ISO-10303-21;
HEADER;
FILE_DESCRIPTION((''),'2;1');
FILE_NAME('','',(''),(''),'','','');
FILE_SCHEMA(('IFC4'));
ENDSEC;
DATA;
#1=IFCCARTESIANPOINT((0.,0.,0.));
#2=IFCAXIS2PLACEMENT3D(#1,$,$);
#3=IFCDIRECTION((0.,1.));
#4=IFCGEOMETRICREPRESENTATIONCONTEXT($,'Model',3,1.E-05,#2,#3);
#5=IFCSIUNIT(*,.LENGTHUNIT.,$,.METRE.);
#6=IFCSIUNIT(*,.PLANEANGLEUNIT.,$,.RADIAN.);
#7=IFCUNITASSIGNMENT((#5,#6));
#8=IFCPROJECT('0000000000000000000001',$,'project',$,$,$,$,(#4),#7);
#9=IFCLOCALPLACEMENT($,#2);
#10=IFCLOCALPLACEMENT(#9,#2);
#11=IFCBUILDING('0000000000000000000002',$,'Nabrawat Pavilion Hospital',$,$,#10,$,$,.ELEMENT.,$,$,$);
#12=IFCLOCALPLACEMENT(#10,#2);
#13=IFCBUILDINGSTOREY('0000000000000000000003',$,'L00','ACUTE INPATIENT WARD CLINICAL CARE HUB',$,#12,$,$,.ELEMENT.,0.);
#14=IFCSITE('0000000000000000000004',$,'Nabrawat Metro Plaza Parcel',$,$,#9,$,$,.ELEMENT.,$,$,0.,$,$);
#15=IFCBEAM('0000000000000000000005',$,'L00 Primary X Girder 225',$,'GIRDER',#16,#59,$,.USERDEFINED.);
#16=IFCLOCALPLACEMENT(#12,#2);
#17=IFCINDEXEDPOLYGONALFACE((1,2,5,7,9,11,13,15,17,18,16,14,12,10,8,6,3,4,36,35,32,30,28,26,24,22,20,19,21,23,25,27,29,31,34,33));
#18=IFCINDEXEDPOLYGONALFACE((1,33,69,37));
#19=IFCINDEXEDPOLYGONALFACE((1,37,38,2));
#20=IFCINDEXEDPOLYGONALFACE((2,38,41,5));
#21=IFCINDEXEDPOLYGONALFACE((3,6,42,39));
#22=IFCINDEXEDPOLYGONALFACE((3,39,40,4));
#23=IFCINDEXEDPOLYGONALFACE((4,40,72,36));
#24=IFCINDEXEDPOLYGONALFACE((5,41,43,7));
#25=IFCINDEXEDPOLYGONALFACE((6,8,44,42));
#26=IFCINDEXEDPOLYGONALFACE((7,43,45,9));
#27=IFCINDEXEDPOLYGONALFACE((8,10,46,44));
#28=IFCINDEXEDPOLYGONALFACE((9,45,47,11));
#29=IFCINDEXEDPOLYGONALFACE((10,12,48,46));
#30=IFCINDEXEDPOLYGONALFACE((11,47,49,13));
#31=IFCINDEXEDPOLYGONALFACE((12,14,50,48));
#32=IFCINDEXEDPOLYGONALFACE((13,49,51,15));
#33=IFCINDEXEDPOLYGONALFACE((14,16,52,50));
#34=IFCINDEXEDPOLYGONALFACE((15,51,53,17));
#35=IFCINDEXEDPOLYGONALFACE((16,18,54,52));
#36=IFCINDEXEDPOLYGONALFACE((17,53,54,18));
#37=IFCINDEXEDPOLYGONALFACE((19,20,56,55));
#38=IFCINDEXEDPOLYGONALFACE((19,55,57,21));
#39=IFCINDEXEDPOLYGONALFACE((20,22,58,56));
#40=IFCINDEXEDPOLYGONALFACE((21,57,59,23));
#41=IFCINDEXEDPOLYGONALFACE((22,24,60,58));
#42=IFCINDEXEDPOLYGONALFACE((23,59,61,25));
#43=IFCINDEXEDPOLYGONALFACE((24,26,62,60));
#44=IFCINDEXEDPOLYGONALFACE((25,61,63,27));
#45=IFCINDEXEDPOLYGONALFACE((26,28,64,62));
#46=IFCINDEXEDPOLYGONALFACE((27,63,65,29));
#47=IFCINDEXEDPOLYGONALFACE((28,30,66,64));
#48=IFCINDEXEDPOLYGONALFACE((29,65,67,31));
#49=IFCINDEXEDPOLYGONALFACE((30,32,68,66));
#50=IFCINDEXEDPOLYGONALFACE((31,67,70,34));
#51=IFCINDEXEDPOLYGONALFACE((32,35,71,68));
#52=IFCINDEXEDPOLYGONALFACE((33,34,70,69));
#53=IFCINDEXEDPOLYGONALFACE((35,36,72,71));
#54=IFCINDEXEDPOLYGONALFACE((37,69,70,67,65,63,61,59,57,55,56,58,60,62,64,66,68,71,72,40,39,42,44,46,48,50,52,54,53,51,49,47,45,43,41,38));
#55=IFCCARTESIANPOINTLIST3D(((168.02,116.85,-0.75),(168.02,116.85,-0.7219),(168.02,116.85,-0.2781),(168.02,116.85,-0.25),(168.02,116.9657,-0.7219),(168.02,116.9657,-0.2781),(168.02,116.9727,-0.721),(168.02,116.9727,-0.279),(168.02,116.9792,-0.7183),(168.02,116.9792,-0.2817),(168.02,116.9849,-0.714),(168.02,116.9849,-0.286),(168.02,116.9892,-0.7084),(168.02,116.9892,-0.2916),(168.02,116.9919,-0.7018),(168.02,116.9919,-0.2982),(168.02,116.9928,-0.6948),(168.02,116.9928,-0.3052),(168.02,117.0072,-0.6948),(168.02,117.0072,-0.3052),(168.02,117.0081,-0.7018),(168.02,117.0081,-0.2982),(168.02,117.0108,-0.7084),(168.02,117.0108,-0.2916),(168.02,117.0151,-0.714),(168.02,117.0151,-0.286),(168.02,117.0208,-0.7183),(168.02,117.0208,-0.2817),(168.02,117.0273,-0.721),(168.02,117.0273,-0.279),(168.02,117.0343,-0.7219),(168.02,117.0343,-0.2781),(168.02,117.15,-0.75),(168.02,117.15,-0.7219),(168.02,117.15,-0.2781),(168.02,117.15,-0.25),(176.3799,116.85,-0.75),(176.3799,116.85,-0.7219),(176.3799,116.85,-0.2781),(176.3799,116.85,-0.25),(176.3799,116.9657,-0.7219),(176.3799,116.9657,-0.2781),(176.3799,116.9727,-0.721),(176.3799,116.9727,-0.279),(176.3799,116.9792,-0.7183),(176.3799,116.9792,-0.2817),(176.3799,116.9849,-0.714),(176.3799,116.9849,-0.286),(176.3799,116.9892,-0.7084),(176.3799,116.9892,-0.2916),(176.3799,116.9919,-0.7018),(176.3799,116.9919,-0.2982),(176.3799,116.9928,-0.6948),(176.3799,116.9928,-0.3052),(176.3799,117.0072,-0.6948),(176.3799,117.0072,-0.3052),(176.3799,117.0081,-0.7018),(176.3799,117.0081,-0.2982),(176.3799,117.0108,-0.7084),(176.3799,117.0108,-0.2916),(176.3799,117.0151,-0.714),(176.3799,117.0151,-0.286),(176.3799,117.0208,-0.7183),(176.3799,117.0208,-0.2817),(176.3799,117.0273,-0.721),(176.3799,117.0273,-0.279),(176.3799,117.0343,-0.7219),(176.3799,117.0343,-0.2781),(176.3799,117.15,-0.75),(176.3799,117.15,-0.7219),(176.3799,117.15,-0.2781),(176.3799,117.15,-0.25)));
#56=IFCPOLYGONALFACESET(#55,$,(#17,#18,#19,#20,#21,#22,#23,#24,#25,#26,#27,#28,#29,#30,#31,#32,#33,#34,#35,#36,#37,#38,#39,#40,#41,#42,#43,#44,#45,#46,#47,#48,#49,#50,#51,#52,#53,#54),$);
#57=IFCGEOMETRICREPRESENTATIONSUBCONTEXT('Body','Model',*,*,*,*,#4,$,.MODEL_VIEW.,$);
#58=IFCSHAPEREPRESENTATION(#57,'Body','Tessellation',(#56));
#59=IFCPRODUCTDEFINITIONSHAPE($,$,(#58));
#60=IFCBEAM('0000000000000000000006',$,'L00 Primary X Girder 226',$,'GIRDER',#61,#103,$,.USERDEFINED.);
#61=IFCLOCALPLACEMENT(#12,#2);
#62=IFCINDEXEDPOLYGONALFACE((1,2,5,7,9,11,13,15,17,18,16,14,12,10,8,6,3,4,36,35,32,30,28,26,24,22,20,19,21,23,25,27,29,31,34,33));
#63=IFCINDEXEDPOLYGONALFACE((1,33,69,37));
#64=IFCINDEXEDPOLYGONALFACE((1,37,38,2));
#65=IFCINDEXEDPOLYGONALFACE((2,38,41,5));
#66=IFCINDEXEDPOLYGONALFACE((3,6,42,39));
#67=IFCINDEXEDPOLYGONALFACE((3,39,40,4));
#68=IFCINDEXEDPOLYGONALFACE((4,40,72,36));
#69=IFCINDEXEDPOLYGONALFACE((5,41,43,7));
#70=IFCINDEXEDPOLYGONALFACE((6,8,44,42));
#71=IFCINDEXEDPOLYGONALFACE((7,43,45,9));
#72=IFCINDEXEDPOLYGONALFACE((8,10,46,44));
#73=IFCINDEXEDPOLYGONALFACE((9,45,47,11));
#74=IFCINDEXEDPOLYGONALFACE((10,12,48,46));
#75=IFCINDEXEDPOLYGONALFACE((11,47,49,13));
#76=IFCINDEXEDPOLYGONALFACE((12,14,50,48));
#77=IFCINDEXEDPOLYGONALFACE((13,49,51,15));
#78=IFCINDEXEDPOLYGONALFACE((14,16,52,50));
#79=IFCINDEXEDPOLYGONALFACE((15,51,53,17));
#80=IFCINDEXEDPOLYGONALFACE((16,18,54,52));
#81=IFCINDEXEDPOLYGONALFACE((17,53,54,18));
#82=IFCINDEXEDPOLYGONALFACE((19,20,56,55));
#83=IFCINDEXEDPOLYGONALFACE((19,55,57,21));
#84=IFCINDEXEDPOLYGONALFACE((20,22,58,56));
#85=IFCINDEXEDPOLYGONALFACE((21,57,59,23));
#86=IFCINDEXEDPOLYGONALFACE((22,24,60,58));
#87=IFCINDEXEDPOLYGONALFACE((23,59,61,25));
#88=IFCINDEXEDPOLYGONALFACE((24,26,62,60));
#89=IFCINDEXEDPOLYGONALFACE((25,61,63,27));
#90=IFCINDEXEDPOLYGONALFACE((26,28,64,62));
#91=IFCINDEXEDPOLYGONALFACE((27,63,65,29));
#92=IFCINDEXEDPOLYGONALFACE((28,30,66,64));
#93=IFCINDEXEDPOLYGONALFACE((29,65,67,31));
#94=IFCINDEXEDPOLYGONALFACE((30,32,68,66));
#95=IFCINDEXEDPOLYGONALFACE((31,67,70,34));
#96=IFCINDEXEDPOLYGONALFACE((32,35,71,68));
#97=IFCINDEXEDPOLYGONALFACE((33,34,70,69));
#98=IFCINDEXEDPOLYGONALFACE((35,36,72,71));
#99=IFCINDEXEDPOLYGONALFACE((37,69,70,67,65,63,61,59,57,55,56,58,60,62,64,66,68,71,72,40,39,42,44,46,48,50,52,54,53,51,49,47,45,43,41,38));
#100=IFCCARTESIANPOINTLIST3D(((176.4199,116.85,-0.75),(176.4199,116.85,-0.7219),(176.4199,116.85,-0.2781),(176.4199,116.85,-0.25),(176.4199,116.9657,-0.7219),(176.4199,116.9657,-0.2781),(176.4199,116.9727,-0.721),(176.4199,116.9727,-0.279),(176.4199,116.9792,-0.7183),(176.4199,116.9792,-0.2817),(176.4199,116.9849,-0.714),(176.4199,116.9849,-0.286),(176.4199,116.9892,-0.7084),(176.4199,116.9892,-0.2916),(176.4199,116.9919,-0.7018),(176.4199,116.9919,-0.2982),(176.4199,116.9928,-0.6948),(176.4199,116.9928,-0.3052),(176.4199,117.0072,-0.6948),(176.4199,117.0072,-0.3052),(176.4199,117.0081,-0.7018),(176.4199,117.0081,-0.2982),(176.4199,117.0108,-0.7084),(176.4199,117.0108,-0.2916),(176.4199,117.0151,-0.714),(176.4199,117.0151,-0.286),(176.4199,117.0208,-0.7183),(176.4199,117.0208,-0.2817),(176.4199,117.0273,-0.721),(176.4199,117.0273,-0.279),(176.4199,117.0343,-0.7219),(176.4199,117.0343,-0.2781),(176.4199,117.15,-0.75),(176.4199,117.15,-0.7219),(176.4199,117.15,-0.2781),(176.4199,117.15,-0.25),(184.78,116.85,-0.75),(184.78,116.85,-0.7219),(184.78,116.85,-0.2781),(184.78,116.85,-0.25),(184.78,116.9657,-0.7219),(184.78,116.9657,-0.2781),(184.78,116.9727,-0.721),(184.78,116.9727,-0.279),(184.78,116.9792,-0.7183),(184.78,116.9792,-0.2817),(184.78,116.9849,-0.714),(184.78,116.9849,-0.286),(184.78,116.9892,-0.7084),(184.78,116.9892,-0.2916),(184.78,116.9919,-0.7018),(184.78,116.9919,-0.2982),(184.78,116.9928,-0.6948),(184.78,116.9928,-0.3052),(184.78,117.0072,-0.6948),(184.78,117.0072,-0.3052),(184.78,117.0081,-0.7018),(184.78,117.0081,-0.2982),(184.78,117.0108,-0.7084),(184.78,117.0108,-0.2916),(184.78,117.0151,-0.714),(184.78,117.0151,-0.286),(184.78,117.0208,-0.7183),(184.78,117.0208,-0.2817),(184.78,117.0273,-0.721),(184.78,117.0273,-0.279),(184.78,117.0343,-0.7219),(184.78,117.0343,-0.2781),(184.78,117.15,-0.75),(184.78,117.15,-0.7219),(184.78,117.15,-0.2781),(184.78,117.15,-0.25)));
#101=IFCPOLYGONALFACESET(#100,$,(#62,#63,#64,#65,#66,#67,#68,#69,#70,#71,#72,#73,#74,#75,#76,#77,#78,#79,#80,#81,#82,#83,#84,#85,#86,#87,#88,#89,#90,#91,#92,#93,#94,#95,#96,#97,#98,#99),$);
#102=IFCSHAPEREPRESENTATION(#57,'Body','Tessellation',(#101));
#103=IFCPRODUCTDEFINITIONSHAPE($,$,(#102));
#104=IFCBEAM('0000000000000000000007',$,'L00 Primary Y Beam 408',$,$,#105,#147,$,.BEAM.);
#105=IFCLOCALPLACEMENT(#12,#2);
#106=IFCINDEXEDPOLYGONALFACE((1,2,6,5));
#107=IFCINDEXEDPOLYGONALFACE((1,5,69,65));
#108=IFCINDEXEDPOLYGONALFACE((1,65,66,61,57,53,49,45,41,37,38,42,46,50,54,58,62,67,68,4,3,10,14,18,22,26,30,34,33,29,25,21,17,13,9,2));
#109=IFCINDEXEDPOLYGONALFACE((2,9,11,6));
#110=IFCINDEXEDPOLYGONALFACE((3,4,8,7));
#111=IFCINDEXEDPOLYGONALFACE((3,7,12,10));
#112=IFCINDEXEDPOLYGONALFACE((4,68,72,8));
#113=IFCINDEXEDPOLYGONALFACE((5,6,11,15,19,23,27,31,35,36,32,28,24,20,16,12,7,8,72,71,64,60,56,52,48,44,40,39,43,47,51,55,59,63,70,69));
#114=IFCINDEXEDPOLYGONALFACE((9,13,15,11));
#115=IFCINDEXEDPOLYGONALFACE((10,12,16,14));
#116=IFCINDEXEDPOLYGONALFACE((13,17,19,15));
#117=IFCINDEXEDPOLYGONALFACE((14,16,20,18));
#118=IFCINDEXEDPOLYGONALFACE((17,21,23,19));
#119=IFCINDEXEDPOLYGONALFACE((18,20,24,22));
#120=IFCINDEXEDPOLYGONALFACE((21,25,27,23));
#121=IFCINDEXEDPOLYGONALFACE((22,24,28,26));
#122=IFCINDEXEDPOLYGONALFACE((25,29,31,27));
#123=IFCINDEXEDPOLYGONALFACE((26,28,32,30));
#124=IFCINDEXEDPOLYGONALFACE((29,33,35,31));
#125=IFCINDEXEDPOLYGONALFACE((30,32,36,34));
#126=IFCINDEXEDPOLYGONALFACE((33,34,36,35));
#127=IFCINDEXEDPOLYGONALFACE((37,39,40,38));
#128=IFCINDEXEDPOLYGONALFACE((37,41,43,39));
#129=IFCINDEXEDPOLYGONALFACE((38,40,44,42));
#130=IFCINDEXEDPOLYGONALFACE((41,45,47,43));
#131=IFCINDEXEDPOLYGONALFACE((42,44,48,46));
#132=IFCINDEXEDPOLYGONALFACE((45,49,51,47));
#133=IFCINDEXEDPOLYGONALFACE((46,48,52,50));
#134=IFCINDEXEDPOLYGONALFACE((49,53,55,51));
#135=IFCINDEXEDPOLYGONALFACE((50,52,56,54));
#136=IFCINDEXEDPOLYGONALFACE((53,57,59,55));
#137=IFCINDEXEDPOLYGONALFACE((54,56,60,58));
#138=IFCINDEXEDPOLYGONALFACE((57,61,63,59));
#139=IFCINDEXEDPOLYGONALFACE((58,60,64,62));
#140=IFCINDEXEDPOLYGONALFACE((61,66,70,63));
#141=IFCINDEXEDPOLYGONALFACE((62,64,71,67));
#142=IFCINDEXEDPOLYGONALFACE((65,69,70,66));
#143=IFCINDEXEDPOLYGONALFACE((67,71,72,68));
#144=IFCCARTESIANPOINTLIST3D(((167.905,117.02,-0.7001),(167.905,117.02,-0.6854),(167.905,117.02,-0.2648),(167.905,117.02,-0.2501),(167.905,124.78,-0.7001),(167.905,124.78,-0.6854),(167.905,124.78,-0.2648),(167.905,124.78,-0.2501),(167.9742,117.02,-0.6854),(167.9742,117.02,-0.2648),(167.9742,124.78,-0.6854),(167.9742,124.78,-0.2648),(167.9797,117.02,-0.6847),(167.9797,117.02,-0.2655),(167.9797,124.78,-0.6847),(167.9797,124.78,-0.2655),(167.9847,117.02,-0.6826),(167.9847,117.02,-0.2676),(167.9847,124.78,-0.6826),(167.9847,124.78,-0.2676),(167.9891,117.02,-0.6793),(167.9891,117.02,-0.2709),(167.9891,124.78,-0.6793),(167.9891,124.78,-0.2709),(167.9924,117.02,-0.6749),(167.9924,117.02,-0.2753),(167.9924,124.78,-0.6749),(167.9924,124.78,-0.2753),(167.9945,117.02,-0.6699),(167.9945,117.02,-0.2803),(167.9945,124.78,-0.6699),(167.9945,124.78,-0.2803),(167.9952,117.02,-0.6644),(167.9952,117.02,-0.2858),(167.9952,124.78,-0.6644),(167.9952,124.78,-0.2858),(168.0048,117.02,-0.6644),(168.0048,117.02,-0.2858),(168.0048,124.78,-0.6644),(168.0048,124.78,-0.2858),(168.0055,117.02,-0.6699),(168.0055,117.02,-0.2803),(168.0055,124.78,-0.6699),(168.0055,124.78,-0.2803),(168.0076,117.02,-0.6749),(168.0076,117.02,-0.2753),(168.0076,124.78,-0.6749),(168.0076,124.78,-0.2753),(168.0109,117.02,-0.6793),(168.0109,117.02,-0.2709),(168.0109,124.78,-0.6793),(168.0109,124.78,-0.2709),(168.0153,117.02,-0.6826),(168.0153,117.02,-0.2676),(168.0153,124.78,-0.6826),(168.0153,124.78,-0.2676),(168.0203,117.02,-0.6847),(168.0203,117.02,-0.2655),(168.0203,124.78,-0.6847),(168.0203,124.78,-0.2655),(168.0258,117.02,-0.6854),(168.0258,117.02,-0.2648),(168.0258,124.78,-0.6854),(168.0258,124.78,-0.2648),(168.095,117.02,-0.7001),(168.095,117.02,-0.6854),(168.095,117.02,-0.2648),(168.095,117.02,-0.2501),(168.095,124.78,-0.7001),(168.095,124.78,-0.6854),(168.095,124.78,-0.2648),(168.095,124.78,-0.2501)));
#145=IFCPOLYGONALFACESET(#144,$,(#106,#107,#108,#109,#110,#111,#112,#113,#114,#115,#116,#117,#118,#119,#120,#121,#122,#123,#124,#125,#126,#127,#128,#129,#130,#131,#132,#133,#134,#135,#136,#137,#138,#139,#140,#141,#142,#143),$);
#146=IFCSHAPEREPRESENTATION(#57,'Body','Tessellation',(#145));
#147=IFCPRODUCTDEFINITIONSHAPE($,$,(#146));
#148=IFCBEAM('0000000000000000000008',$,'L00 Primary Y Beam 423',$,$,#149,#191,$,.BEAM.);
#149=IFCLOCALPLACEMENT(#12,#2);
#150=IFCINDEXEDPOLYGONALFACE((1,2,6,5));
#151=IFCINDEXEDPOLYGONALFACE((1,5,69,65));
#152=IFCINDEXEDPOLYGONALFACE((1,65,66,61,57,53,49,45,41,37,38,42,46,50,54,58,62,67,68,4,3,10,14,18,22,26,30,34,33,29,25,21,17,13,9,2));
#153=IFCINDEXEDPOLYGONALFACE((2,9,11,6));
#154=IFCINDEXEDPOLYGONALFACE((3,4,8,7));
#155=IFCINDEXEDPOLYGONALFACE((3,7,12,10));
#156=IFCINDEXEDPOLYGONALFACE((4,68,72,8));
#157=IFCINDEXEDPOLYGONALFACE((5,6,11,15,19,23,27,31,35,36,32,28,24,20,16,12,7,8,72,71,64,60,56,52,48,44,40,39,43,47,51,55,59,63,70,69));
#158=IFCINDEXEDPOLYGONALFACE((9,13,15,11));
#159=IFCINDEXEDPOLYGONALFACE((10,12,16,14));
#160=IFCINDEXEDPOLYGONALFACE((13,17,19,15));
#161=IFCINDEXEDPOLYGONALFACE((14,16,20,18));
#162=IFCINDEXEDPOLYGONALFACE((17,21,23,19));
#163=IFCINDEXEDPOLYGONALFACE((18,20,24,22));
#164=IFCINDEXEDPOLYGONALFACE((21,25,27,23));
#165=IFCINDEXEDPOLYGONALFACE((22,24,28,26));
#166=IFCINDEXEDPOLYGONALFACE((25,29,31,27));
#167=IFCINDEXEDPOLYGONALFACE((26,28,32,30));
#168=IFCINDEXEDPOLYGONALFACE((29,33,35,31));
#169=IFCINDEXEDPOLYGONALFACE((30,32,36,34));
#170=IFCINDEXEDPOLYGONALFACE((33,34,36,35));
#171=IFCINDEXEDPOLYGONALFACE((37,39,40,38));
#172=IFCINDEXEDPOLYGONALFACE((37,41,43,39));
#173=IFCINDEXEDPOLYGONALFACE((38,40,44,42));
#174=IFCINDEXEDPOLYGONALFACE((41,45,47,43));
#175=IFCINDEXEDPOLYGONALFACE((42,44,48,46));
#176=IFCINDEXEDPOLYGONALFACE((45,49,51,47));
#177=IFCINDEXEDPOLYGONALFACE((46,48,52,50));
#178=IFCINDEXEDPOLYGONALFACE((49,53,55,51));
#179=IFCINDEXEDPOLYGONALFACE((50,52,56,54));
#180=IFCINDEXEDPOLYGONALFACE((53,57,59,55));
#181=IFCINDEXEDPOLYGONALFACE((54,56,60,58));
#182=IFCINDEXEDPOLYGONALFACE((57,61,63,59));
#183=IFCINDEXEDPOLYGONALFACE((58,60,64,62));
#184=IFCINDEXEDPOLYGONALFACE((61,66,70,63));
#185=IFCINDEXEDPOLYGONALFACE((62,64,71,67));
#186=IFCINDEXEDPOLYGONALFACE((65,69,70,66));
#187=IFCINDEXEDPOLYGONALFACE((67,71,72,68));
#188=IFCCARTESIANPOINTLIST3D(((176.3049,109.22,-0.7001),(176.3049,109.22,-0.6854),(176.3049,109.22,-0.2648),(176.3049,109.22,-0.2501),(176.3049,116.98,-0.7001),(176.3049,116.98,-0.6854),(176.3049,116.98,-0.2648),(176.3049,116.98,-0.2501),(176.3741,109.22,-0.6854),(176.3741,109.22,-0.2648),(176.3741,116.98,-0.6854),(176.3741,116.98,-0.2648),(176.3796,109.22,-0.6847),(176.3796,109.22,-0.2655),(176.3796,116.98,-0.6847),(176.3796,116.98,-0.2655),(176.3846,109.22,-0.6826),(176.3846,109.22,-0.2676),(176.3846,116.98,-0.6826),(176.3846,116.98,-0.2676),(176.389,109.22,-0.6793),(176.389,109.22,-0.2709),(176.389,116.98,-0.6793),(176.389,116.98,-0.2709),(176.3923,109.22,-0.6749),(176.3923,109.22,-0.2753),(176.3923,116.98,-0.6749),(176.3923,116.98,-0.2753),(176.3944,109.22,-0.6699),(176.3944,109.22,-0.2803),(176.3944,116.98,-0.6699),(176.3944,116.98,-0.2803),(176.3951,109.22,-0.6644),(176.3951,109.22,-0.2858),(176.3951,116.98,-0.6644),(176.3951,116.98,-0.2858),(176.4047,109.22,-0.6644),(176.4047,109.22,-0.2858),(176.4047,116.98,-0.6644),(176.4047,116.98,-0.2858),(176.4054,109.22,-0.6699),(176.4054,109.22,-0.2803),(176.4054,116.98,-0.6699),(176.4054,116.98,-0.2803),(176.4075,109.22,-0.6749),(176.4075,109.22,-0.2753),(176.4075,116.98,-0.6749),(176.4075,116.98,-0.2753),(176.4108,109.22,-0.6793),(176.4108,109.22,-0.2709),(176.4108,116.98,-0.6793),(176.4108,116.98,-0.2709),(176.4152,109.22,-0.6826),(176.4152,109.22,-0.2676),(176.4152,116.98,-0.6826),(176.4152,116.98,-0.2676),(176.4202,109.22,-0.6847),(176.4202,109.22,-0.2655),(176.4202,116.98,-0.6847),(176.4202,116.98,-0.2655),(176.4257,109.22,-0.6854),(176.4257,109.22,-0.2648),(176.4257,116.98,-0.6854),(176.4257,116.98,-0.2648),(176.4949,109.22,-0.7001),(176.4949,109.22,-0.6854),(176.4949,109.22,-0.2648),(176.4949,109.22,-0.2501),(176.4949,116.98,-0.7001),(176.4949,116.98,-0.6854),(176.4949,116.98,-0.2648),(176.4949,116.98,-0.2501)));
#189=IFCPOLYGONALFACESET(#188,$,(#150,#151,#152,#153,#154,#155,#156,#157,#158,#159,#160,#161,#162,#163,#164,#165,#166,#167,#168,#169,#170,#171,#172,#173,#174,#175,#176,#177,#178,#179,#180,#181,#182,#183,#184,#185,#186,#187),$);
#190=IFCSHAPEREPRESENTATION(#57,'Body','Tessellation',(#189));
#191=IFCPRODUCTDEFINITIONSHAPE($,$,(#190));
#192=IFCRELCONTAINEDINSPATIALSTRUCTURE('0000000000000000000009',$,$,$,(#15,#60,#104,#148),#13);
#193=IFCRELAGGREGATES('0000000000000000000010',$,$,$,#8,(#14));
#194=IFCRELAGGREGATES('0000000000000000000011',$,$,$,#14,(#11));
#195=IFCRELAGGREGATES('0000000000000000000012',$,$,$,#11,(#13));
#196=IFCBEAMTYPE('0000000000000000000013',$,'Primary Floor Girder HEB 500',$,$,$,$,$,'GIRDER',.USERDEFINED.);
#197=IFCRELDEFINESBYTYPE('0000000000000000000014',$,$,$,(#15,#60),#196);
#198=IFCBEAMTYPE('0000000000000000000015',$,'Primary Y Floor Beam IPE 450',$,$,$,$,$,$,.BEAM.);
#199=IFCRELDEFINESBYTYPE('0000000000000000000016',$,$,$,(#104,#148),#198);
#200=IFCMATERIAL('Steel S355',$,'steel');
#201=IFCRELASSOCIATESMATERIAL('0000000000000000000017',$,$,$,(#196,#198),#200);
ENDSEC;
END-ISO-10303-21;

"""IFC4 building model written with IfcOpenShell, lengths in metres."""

from ifc_helpers import new_model, si_unit, direction, frame, origin, origin_2d, place, context, subcontext, project, spatial, i_section, extrude, material, material_profile, profile_set, type_object, element, save


model = new_model("IFC4")

# Units and contexts
model_context = context("Model", 3, precision=1e-05, world=origin(), true_north=direction((0.0, 1.0)))
body_context = subcontext(model_context, "Body", "Model", "MODEL_VIEW")
ifc_project = project(units=[si_unit("LENGTHUNIT", "METRE"), si_unit("PLANEANGLEUNIT", "RADIAN")], contexts=[model_context])

# Site, building, storey
site_placement = place(None, origin())
site = spatial("IfcSite", under=ifc_project, at=site_placement, Name="Nabrawat Metro Plaza Parcel", CompositionType="ELEMENT", RefElevation=0.0)
building_placement = place(site_placement, origin())
building = spatial("IfcBuilding", under=site, at=building_placement, Name="Nabrawat Pavilion Hospital", CompositionType="ELEMENT")
storey_placement = place(building_placement, origin())
storey = spatial("IfcBuildingStorey", under=building, at=storey_placement, Name="L00", Description="ACUTE INPATIENT WARD CLINICAL CARE HUB", CompositionType="ELEMENT", Elevation=0.0)

# Shared definitions
ifc_material_1 = material(Name="Steel S355", Category="steel")

# Beams
ifc_material_profile_1 = material_profile(ifc_material_1, i_section(OverallWidth=0.3, OverallDepth=0.5, WebThickness=0.0144, FlangeThickness=0.0281, FilletRadius=0.0271, at=origin_2d()), Name="HEB 500")
ifc_profile_set_1 = profile_set([ifc_material_profile_1], Name="Steel S355")
beam_type_1 = type_object("IfcBeamType", Name="Primary Floor Girder HEB 500", ElementType="GIRDER", PredefinedType="USERDEFINED", material=ifc_profile_set_1)
beam_1_placement = place(storey_placement, frame((168.02, 117.0, -0.5), z_axis=(1.0, 0.0, 0.0), x_axis=(0.0, 1.0, 0.0)))
element("IfcBeam", 1, at=beam_1_placement, inside=storey, type_object=beam_type_1, Name="L00 Primary X Girder 225", ObjectType="GIRDER", PredefinedType="USERDEFINED", context=body_context, shape_type="SweptSolid", body=[
    extrude(i_section(OverallWidth=0.3, OverallDepth=0.5, WebThickness=0.0144, FlangeThickness=0.0281, FilletRadius=0.0271, at=origin_2d()), origin(), (0.0, 0.0, 1.0), 8.3599),
])
beam_2_placement = place(storey_placement, frame((176.4199, 117.0, -0.5), z_axis=(1.0, 0.0, 0.0), x_axis=(0.0, 1.0, 0.0)))
element("IfcBeam", 2, at=beam_2_placement, inside=storey, type_object=beam_type_1, Name="L00 Primary X Girder 226", ObjectType="GIRDER", PredefinedType="USERDEFINED", context=body_context, shape_type="SweptSolid", body=[
    extrude(i_section(OverallWidth=0.3, OverallDepth=0.5, WebThickness=0.0144, FlangeThickness=0.0281, FilletRadius=0.0271, at=origin_2d()), origin(), (0.0, 0.0, 1.0), 8.3601),
])
ifc_material_profile_2 = material_profile(ifc_material_1, i_section(OverallWidth=0.1899, OverallDepth=0.45, WebThickness=0.0095, FlangeThickness=0.0146, FilletRadius=0.021, at=origin_2d()), Name="IPE 450")
ifc_profile_set_2 = profile_set([ifc_material_profile_2], Name="Steel S355")
beam_type_2 = type_object("IfcBeamType", Name="Primary Y Floor Beam IPE 450", PredefinedType="BEAM", material=ifc_profile_set_2)
for number, where, z_axis, x_axis, name in (
    (3, (168.0, 117.02, -0.4751), (0.0, 1.0, 0.0), (-1.0, 0.0, 0.0), "L00 Primary Y Beam 408"),
    (4, (176.3999, 109.22, -0.4751), (0.0, 1.0, 0.0), (-1.0, 0.0, 0.0), "L00 Primary Y Beam 423"),
):
    element("IfcBeam", number, at=place(storey_placement, frame(where, z_axis=z_axis, x_axis=x_axis)), inside=storey, type_object=beam_type_2, Name=name, PredefinedType="BEAM", context=body_context, shape_type="SweptSolid", body=[
        extrude(i_section(OverallWidth=0.1899, OverallDepth=0.45, WebThickness=0.0095, FlangeThickness=0.0146, FilletRadius=0.021, at=origin_2d()), origin(), (0.0, 0.0, 1.0), 7.76),
    ])

save(model, "model.ifc")
